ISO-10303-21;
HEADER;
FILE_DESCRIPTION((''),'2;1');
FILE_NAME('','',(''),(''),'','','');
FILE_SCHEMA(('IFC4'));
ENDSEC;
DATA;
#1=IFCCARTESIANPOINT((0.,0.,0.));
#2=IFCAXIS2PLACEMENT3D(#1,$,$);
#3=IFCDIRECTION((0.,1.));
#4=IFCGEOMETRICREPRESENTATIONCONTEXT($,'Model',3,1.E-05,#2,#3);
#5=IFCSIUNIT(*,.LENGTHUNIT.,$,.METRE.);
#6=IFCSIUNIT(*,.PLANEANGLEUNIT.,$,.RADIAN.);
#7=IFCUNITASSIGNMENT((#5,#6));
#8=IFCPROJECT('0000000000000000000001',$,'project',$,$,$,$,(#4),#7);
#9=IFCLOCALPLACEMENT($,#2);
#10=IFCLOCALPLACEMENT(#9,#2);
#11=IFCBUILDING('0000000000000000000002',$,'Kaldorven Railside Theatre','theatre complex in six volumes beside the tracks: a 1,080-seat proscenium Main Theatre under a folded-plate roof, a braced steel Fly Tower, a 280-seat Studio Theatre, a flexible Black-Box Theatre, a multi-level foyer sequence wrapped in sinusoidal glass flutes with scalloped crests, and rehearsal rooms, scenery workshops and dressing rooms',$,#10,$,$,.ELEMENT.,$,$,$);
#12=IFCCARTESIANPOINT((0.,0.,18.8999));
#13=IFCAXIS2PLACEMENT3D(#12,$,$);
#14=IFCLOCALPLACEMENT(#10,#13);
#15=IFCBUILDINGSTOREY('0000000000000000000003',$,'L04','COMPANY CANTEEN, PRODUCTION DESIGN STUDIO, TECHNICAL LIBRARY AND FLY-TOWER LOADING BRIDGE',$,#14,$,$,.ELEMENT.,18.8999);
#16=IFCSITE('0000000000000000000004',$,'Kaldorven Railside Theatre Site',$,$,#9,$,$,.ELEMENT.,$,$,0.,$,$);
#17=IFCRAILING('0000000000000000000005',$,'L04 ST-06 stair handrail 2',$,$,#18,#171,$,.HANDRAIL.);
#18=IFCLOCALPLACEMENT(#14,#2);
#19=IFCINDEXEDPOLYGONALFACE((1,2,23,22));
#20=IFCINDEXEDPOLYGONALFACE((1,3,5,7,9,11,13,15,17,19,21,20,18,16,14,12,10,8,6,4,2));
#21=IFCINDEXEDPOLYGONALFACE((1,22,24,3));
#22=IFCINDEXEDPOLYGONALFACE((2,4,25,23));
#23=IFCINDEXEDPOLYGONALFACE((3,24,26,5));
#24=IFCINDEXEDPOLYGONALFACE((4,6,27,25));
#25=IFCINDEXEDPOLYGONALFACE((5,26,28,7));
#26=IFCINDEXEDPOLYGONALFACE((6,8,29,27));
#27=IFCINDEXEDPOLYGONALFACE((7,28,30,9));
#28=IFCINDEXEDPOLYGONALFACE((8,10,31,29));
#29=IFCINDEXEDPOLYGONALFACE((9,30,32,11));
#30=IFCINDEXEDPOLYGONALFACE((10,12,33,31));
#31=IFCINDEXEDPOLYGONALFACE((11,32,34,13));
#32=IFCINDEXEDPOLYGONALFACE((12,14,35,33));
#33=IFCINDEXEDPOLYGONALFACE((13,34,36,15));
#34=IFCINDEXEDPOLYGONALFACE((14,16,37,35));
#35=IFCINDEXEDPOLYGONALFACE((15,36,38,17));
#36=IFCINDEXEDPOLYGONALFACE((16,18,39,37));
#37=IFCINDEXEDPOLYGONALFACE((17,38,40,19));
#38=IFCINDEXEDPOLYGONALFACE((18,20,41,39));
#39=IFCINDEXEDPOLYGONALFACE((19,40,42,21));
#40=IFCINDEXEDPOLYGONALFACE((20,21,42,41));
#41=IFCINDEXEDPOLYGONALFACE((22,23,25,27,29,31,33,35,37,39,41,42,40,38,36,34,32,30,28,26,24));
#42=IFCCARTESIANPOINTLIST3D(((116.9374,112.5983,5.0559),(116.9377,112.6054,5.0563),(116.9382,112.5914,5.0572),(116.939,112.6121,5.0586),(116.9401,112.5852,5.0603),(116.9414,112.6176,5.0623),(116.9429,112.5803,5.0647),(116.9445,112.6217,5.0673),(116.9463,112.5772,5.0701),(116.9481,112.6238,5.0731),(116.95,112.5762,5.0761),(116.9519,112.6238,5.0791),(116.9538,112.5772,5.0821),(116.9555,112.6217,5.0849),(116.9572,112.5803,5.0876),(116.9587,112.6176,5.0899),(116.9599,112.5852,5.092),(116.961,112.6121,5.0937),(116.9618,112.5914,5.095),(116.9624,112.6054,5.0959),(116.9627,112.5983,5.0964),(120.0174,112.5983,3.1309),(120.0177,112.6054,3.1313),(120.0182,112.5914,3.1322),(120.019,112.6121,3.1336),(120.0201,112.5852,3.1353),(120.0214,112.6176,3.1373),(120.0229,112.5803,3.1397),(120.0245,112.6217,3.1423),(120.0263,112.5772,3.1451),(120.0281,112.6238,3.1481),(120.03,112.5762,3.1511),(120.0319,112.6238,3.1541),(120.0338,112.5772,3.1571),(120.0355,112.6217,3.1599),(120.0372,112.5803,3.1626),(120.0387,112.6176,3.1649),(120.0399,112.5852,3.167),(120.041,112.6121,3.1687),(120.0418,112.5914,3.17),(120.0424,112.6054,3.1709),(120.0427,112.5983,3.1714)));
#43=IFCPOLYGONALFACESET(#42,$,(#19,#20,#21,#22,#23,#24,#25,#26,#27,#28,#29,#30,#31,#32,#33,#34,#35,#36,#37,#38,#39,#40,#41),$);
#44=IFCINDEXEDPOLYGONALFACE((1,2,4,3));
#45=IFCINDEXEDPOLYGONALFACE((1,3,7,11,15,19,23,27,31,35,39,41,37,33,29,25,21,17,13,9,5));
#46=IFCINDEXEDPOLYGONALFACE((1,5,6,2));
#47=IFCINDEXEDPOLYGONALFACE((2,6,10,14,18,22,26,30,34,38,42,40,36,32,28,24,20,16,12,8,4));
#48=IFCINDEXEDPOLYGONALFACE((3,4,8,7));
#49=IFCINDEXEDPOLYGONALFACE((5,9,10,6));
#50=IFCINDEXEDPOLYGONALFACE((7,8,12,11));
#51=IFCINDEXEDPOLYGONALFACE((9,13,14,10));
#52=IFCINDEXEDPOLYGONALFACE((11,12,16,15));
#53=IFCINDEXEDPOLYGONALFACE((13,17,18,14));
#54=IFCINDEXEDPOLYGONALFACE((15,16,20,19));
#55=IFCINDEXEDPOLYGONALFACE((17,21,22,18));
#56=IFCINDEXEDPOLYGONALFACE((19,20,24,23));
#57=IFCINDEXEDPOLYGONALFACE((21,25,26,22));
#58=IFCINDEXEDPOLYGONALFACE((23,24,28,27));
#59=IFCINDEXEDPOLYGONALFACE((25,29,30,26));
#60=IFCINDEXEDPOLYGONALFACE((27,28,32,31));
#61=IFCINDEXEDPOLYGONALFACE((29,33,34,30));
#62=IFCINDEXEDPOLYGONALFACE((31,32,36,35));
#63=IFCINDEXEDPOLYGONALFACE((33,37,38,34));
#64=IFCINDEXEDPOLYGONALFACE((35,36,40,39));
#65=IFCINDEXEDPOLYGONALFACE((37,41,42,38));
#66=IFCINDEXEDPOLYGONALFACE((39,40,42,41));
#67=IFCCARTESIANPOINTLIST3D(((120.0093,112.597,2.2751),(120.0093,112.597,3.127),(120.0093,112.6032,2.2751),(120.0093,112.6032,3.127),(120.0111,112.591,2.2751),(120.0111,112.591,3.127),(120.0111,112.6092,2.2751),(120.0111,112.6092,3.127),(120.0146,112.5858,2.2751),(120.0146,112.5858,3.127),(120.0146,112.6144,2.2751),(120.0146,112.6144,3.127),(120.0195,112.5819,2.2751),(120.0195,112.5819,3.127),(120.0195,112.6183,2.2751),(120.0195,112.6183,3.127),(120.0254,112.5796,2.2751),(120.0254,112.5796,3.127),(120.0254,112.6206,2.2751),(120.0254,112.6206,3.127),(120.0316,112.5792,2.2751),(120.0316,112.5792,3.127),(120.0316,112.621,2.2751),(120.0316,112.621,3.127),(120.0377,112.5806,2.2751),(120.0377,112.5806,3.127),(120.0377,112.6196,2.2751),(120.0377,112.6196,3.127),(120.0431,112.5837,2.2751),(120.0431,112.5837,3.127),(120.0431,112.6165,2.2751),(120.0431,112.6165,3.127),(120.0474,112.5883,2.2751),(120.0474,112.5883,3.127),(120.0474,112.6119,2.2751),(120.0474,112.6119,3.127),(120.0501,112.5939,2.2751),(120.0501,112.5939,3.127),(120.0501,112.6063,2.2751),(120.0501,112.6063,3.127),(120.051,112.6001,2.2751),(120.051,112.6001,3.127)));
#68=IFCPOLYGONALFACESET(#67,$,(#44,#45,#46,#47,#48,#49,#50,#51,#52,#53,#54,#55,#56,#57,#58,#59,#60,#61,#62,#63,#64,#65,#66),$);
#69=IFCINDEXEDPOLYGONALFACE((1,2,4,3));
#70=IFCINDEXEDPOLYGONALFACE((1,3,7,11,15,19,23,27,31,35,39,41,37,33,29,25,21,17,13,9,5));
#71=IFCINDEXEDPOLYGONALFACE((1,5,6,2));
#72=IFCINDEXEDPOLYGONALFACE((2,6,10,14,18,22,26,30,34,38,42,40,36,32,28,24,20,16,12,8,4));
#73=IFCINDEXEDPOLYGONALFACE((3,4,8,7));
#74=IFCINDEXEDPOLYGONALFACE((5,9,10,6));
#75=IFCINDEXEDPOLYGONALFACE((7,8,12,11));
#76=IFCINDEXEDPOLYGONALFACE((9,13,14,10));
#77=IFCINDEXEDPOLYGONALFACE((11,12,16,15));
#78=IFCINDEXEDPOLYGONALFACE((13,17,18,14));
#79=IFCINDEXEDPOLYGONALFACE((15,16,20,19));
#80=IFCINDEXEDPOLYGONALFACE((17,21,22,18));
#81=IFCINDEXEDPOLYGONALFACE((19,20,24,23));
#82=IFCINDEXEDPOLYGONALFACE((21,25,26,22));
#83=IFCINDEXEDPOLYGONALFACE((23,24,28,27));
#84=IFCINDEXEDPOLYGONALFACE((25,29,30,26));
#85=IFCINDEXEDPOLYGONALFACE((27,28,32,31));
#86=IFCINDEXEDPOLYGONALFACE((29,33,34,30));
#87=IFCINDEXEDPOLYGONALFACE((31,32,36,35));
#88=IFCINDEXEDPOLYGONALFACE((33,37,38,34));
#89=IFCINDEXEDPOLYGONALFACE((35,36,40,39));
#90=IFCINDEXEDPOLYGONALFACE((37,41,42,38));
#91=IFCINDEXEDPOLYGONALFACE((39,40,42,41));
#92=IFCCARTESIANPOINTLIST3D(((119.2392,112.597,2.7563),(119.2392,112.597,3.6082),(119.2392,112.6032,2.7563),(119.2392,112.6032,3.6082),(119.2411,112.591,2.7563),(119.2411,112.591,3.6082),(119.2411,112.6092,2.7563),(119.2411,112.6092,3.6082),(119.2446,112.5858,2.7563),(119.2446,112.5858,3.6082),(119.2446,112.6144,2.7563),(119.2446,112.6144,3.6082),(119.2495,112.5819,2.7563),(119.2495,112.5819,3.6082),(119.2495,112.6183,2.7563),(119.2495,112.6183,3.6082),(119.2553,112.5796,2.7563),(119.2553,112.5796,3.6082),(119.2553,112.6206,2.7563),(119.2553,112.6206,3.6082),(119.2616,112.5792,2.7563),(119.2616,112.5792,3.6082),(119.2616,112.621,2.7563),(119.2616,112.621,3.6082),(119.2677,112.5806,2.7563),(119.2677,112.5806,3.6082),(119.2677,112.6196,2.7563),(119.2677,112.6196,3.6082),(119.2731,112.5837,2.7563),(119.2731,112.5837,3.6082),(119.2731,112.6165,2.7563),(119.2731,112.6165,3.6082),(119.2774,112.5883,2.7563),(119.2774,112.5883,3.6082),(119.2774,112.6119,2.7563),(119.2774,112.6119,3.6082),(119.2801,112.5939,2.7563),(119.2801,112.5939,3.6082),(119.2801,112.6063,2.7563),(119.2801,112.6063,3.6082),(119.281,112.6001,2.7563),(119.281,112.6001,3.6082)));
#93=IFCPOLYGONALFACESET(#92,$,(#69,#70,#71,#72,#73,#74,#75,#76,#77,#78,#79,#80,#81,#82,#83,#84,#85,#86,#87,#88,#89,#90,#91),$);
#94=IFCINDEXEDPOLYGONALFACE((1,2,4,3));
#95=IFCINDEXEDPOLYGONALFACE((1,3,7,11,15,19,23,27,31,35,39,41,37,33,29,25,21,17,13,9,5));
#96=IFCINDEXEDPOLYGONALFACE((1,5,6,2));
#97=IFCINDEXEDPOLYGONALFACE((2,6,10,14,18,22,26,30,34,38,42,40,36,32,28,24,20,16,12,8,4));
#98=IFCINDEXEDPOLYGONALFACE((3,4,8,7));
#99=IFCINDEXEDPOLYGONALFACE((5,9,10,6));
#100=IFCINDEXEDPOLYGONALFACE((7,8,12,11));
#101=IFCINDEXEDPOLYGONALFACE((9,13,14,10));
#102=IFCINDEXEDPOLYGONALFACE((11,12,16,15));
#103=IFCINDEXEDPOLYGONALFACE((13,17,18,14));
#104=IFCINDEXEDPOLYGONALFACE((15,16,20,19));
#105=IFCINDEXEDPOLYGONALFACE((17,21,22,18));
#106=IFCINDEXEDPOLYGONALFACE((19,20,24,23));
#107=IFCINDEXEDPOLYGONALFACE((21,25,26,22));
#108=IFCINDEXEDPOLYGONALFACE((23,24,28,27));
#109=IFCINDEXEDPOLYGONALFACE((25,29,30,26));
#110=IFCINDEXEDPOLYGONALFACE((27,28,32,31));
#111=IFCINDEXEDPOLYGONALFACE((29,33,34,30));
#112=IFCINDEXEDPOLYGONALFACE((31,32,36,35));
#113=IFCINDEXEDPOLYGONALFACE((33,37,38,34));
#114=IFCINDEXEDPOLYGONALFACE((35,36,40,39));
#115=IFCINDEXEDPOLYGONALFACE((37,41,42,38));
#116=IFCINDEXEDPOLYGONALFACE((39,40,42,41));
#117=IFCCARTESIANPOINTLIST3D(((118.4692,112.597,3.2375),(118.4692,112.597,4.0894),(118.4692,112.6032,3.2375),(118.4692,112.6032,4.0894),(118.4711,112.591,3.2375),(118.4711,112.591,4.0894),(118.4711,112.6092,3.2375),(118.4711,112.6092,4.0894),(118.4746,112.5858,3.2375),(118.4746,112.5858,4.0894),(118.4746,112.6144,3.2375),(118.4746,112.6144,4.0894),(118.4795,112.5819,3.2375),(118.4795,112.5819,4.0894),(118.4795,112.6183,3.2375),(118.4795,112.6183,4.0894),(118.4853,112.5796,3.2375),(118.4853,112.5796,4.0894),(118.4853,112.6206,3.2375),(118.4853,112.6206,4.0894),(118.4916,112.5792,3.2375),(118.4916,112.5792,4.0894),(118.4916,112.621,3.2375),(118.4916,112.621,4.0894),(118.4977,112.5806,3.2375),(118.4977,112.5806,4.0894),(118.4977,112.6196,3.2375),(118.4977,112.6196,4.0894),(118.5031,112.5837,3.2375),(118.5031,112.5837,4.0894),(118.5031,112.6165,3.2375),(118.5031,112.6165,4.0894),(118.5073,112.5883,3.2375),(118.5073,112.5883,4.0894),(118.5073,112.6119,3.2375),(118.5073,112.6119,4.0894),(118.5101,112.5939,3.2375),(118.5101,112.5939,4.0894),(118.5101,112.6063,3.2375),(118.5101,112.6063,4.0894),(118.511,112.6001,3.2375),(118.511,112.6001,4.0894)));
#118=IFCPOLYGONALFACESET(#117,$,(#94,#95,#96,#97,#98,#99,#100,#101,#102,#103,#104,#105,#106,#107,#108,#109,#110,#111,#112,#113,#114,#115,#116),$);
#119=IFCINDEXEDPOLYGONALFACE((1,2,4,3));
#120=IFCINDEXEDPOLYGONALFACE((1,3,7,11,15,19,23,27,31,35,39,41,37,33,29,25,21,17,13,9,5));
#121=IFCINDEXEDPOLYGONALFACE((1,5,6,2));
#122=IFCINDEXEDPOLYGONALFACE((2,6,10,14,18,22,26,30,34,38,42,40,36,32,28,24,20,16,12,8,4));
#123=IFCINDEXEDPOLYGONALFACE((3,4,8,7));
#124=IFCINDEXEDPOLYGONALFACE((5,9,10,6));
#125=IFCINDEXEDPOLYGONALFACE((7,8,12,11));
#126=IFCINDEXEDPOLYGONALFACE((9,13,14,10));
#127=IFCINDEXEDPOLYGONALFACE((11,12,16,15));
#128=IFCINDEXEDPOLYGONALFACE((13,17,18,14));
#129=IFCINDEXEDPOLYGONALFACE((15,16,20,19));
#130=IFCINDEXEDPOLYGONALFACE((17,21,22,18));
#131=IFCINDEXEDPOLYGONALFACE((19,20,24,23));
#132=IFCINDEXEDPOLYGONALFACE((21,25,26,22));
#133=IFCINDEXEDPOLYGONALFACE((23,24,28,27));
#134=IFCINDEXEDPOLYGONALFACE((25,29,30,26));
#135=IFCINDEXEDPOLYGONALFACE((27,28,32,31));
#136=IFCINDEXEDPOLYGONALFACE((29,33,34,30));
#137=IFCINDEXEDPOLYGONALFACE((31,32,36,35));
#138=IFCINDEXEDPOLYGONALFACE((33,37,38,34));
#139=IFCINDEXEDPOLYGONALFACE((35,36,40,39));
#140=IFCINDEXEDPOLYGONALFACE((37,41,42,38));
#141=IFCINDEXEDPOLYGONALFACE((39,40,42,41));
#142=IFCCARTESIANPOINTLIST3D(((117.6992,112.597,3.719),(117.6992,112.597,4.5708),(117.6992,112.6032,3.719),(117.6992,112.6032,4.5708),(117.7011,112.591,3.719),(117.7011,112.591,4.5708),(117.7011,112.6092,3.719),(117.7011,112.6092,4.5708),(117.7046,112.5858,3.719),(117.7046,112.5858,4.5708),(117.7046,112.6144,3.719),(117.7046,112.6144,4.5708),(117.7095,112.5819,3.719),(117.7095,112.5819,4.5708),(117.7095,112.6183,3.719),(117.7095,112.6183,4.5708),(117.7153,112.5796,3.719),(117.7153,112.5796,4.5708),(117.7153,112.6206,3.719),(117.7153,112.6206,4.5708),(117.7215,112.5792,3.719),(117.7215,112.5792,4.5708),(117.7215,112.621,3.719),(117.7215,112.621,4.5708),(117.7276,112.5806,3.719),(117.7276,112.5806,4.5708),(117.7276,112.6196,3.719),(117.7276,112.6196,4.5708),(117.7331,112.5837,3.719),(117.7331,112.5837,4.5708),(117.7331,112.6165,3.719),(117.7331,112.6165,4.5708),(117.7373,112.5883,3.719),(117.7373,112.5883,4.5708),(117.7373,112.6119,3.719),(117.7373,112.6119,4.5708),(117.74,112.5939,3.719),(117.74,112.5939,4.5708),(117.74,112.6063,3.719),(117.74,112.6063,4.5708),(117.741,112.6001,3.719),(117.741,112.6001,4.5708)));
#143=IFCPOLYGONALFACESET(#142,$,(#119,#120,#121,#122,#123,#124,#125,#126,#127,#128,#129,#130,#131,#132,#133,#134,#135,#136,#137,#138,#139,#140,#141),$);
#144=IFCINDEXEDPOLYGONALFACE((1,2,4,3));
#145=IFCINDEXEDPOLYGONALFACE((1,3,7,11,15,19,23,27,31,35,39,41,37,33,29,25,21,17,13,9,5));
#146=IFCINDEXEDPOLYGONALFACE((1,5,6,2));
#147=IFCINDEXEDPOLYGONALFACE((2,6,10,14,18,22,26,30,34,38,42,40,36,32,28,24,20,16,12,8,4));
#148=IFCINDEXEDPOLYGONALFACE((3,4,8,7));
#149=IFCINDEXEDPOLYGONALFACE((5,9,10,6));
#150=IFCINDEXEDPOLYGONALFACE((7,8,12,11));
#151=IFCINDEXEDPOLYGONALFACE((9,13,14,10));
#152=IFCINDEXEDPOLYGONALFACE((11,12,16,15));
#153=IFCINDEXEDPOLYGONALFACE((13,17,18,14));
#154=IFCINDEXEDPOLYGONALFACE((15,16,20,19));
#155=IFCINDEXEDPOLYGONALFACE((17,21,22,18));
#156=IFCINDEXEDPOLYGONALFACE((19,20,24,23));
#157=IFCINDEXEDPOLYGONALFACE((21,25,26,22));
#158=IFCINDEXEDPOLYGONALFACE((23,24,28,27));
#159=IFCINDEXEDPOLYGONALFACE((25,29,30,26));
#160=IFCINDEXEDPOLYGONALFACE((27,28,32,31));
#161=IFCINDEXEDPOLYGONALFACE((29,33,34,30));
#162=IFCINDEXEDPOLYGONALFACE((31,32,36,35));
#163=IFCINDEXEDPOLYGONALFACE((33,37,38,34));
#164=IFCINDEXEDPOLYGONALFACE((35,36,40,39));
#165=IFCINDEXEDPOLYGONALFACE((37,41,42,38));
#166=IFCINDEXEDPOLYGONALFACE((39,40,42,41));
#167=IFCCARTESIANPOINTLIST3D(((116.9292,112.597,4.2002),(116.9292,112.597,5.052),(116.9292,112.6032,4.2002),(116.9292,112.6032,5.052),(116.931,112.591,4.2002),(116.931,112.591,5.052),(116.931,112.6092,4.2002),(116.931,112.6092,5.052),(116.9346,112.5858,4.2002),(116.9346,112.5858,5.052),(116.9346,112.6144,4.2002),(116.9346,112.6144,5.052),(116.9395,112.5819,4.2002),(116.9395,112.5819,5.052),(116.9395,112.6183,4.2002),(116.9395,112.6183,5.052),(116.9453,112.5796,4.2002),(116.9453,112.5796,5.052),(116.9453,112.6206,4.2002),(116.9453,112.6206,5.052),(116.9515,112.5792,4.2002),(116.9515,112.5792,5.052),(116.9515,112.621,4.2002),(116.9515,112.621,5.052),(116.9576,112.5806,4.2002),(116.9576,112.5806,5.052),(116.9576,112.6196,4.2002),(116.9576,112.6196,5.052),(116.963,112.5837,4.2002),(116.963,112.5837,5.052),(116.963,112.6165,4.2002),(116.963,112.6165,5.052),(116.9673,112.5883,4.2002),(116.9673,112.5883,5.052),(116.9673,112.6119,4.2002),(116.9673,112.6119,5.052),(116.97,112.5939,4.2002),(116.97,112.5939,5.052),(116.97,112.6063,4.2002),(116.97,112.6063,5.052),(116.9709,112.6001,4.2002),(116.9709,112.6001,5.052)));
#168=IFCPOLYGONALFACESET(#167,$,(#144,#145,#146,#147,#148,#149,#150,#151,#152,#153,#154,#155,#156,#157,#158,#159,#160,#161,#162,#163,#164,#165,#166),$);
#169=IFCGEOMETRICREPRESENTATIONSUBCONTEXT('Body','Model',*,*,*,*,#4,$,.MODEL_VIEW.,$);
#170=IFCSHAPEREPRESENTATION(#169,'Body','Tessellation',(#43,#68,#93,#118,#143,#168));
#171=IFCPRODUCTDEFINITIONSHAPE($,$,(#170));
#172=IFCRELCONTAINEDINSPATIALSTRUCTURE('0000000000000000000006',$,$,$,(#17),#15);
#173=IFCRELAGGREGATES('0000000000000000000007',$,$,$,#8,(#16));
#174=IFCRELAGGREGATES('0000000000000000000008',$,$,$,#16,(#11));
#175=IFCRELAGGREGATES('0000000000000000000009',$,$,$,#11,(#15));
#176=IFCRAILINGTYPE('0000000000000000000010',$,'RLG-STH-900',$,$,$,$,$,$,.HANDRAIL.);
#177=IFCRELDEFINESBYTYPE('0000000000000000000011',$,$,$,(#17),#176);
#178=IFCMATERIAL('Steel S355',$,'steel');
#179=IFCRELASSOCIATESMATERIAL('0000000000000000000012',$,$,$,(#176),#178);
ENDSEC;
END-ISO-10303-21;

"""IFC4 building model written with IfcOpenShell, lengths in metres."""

from ifc_helpers import new_model, si_unit, direction, frame, origin, origin_2d, place, context, subcontext, project, spatial, circle, extrude, material, type_object, element, save


model = new_model("IFC4")

# Units and contexts
model_context = context("Model", 3, precision=1e-05, world=origin(), true_north=direction((0.0, 1.0)))
body_context = subcontext(model_context, "Body", "Model", "MODEL_VIEW")
ifc_project = project(units=[si_unit("LENGTHUNIT", "METRE"), si_unit("PLANEANGLEUNIT", "RADIAN")], contexts=[model_context])

# Site, building, storey
site_placement = place(None, origin())
site = spatial("IfcSite", under=ifc_project, at=site_placement, Name="Kaldorven Railside Theatre Site", CompositionType="ELEMENT", RefElevation=0.0)
building_placement = place(site_placement, origin())
building = spatial("IfcBuilding", under=site, at=building_placement, Name="Kaldorven Railside Theatre", Description="theatre complex in six volumes beside the tracks: a 1,080-seat proscenium Main Theatre under a folded-plate roof, a braced steel Fly Tower, a 280-seat Studio Theatre, a flexible Black-Box Theatre, a multi-level foyer sequence wrapped in sinusoidal glass flutes with scalloped crests, and rehearsal rooms, scenery workshops and dressing rooms", CompositionType="ELEMENT")
storey_placement = place(building_placement, frame((0.0, 0.0, 18.8999)))
storey = spatial("IfcBuildingStorey", under=building, at=storey_placement, Name="L04", Description="COMPANY CANTEEN, PRODUCTION DESIGN STUDIO, TECHNICAL LIBRARY AND FLY-TOWER LOADING BRIDGE", CompositionType="ELEMENT", Elevation=18.8999)

# Shared definitions
ifc_material_1 = material(Name="Steel S355", Category="steel")

# Railing
railing_type_1 = type_object("IfcRailingType", Name="RLG-STH-900", PredefinedType="HANDRAIL", material=ifc_material_1)
railing_1_placement = place(storey_placement, frame((120.03, 112.6001, 2.2751)))
element("IfcRailing", 1, at=railing_1_placement, inside=storey, type_object=railing_type_1, Name="L04 ST-06 stair handrail 2", PredefinedType="HANDRAIL", context=body_context, shape_type="SweptSolid", body=[
    extrude(circle(Radius=0.0239, at=origin_2d()), frame((0.0, 0.0, 0.876), z_axis=(-0.847998, 0.0, 0.529999), x_axis=(0.0, -1.0, 0.0)), (0.0, 0.0, 1.0), 3.6321),
    extrude(circle(Radius=0.021, at=origin_2d()), origin(), (0.0, 0.0, 1.0), 0.8518),
    extrude(circle(Radius=0.021, at=origin_2d()), frame((-0.77, 0.0, 0.4812)), (0.0, 0.0, 1.0), 0.8518),
    extrude(circle(Radius=0.021, at=origin_2d()), frame((-1.54, 0.0, 0.9624)), (0.0, 0.0, 1.0), 0.8518),
    extrude(circle(Radius=0.021, at=origin_2d()), frame((-2.3101, 0.0, 1.4438)), (0.0, 0.0, 1.0), 0.8518),
    extrude(circle(Radius=0.021, at=origin_2d()), frame((-3.0801, 0.0, 1.925)), (0.0, 0.0, 1.0), 0.8518),
])

save(model, "model.ifc")
